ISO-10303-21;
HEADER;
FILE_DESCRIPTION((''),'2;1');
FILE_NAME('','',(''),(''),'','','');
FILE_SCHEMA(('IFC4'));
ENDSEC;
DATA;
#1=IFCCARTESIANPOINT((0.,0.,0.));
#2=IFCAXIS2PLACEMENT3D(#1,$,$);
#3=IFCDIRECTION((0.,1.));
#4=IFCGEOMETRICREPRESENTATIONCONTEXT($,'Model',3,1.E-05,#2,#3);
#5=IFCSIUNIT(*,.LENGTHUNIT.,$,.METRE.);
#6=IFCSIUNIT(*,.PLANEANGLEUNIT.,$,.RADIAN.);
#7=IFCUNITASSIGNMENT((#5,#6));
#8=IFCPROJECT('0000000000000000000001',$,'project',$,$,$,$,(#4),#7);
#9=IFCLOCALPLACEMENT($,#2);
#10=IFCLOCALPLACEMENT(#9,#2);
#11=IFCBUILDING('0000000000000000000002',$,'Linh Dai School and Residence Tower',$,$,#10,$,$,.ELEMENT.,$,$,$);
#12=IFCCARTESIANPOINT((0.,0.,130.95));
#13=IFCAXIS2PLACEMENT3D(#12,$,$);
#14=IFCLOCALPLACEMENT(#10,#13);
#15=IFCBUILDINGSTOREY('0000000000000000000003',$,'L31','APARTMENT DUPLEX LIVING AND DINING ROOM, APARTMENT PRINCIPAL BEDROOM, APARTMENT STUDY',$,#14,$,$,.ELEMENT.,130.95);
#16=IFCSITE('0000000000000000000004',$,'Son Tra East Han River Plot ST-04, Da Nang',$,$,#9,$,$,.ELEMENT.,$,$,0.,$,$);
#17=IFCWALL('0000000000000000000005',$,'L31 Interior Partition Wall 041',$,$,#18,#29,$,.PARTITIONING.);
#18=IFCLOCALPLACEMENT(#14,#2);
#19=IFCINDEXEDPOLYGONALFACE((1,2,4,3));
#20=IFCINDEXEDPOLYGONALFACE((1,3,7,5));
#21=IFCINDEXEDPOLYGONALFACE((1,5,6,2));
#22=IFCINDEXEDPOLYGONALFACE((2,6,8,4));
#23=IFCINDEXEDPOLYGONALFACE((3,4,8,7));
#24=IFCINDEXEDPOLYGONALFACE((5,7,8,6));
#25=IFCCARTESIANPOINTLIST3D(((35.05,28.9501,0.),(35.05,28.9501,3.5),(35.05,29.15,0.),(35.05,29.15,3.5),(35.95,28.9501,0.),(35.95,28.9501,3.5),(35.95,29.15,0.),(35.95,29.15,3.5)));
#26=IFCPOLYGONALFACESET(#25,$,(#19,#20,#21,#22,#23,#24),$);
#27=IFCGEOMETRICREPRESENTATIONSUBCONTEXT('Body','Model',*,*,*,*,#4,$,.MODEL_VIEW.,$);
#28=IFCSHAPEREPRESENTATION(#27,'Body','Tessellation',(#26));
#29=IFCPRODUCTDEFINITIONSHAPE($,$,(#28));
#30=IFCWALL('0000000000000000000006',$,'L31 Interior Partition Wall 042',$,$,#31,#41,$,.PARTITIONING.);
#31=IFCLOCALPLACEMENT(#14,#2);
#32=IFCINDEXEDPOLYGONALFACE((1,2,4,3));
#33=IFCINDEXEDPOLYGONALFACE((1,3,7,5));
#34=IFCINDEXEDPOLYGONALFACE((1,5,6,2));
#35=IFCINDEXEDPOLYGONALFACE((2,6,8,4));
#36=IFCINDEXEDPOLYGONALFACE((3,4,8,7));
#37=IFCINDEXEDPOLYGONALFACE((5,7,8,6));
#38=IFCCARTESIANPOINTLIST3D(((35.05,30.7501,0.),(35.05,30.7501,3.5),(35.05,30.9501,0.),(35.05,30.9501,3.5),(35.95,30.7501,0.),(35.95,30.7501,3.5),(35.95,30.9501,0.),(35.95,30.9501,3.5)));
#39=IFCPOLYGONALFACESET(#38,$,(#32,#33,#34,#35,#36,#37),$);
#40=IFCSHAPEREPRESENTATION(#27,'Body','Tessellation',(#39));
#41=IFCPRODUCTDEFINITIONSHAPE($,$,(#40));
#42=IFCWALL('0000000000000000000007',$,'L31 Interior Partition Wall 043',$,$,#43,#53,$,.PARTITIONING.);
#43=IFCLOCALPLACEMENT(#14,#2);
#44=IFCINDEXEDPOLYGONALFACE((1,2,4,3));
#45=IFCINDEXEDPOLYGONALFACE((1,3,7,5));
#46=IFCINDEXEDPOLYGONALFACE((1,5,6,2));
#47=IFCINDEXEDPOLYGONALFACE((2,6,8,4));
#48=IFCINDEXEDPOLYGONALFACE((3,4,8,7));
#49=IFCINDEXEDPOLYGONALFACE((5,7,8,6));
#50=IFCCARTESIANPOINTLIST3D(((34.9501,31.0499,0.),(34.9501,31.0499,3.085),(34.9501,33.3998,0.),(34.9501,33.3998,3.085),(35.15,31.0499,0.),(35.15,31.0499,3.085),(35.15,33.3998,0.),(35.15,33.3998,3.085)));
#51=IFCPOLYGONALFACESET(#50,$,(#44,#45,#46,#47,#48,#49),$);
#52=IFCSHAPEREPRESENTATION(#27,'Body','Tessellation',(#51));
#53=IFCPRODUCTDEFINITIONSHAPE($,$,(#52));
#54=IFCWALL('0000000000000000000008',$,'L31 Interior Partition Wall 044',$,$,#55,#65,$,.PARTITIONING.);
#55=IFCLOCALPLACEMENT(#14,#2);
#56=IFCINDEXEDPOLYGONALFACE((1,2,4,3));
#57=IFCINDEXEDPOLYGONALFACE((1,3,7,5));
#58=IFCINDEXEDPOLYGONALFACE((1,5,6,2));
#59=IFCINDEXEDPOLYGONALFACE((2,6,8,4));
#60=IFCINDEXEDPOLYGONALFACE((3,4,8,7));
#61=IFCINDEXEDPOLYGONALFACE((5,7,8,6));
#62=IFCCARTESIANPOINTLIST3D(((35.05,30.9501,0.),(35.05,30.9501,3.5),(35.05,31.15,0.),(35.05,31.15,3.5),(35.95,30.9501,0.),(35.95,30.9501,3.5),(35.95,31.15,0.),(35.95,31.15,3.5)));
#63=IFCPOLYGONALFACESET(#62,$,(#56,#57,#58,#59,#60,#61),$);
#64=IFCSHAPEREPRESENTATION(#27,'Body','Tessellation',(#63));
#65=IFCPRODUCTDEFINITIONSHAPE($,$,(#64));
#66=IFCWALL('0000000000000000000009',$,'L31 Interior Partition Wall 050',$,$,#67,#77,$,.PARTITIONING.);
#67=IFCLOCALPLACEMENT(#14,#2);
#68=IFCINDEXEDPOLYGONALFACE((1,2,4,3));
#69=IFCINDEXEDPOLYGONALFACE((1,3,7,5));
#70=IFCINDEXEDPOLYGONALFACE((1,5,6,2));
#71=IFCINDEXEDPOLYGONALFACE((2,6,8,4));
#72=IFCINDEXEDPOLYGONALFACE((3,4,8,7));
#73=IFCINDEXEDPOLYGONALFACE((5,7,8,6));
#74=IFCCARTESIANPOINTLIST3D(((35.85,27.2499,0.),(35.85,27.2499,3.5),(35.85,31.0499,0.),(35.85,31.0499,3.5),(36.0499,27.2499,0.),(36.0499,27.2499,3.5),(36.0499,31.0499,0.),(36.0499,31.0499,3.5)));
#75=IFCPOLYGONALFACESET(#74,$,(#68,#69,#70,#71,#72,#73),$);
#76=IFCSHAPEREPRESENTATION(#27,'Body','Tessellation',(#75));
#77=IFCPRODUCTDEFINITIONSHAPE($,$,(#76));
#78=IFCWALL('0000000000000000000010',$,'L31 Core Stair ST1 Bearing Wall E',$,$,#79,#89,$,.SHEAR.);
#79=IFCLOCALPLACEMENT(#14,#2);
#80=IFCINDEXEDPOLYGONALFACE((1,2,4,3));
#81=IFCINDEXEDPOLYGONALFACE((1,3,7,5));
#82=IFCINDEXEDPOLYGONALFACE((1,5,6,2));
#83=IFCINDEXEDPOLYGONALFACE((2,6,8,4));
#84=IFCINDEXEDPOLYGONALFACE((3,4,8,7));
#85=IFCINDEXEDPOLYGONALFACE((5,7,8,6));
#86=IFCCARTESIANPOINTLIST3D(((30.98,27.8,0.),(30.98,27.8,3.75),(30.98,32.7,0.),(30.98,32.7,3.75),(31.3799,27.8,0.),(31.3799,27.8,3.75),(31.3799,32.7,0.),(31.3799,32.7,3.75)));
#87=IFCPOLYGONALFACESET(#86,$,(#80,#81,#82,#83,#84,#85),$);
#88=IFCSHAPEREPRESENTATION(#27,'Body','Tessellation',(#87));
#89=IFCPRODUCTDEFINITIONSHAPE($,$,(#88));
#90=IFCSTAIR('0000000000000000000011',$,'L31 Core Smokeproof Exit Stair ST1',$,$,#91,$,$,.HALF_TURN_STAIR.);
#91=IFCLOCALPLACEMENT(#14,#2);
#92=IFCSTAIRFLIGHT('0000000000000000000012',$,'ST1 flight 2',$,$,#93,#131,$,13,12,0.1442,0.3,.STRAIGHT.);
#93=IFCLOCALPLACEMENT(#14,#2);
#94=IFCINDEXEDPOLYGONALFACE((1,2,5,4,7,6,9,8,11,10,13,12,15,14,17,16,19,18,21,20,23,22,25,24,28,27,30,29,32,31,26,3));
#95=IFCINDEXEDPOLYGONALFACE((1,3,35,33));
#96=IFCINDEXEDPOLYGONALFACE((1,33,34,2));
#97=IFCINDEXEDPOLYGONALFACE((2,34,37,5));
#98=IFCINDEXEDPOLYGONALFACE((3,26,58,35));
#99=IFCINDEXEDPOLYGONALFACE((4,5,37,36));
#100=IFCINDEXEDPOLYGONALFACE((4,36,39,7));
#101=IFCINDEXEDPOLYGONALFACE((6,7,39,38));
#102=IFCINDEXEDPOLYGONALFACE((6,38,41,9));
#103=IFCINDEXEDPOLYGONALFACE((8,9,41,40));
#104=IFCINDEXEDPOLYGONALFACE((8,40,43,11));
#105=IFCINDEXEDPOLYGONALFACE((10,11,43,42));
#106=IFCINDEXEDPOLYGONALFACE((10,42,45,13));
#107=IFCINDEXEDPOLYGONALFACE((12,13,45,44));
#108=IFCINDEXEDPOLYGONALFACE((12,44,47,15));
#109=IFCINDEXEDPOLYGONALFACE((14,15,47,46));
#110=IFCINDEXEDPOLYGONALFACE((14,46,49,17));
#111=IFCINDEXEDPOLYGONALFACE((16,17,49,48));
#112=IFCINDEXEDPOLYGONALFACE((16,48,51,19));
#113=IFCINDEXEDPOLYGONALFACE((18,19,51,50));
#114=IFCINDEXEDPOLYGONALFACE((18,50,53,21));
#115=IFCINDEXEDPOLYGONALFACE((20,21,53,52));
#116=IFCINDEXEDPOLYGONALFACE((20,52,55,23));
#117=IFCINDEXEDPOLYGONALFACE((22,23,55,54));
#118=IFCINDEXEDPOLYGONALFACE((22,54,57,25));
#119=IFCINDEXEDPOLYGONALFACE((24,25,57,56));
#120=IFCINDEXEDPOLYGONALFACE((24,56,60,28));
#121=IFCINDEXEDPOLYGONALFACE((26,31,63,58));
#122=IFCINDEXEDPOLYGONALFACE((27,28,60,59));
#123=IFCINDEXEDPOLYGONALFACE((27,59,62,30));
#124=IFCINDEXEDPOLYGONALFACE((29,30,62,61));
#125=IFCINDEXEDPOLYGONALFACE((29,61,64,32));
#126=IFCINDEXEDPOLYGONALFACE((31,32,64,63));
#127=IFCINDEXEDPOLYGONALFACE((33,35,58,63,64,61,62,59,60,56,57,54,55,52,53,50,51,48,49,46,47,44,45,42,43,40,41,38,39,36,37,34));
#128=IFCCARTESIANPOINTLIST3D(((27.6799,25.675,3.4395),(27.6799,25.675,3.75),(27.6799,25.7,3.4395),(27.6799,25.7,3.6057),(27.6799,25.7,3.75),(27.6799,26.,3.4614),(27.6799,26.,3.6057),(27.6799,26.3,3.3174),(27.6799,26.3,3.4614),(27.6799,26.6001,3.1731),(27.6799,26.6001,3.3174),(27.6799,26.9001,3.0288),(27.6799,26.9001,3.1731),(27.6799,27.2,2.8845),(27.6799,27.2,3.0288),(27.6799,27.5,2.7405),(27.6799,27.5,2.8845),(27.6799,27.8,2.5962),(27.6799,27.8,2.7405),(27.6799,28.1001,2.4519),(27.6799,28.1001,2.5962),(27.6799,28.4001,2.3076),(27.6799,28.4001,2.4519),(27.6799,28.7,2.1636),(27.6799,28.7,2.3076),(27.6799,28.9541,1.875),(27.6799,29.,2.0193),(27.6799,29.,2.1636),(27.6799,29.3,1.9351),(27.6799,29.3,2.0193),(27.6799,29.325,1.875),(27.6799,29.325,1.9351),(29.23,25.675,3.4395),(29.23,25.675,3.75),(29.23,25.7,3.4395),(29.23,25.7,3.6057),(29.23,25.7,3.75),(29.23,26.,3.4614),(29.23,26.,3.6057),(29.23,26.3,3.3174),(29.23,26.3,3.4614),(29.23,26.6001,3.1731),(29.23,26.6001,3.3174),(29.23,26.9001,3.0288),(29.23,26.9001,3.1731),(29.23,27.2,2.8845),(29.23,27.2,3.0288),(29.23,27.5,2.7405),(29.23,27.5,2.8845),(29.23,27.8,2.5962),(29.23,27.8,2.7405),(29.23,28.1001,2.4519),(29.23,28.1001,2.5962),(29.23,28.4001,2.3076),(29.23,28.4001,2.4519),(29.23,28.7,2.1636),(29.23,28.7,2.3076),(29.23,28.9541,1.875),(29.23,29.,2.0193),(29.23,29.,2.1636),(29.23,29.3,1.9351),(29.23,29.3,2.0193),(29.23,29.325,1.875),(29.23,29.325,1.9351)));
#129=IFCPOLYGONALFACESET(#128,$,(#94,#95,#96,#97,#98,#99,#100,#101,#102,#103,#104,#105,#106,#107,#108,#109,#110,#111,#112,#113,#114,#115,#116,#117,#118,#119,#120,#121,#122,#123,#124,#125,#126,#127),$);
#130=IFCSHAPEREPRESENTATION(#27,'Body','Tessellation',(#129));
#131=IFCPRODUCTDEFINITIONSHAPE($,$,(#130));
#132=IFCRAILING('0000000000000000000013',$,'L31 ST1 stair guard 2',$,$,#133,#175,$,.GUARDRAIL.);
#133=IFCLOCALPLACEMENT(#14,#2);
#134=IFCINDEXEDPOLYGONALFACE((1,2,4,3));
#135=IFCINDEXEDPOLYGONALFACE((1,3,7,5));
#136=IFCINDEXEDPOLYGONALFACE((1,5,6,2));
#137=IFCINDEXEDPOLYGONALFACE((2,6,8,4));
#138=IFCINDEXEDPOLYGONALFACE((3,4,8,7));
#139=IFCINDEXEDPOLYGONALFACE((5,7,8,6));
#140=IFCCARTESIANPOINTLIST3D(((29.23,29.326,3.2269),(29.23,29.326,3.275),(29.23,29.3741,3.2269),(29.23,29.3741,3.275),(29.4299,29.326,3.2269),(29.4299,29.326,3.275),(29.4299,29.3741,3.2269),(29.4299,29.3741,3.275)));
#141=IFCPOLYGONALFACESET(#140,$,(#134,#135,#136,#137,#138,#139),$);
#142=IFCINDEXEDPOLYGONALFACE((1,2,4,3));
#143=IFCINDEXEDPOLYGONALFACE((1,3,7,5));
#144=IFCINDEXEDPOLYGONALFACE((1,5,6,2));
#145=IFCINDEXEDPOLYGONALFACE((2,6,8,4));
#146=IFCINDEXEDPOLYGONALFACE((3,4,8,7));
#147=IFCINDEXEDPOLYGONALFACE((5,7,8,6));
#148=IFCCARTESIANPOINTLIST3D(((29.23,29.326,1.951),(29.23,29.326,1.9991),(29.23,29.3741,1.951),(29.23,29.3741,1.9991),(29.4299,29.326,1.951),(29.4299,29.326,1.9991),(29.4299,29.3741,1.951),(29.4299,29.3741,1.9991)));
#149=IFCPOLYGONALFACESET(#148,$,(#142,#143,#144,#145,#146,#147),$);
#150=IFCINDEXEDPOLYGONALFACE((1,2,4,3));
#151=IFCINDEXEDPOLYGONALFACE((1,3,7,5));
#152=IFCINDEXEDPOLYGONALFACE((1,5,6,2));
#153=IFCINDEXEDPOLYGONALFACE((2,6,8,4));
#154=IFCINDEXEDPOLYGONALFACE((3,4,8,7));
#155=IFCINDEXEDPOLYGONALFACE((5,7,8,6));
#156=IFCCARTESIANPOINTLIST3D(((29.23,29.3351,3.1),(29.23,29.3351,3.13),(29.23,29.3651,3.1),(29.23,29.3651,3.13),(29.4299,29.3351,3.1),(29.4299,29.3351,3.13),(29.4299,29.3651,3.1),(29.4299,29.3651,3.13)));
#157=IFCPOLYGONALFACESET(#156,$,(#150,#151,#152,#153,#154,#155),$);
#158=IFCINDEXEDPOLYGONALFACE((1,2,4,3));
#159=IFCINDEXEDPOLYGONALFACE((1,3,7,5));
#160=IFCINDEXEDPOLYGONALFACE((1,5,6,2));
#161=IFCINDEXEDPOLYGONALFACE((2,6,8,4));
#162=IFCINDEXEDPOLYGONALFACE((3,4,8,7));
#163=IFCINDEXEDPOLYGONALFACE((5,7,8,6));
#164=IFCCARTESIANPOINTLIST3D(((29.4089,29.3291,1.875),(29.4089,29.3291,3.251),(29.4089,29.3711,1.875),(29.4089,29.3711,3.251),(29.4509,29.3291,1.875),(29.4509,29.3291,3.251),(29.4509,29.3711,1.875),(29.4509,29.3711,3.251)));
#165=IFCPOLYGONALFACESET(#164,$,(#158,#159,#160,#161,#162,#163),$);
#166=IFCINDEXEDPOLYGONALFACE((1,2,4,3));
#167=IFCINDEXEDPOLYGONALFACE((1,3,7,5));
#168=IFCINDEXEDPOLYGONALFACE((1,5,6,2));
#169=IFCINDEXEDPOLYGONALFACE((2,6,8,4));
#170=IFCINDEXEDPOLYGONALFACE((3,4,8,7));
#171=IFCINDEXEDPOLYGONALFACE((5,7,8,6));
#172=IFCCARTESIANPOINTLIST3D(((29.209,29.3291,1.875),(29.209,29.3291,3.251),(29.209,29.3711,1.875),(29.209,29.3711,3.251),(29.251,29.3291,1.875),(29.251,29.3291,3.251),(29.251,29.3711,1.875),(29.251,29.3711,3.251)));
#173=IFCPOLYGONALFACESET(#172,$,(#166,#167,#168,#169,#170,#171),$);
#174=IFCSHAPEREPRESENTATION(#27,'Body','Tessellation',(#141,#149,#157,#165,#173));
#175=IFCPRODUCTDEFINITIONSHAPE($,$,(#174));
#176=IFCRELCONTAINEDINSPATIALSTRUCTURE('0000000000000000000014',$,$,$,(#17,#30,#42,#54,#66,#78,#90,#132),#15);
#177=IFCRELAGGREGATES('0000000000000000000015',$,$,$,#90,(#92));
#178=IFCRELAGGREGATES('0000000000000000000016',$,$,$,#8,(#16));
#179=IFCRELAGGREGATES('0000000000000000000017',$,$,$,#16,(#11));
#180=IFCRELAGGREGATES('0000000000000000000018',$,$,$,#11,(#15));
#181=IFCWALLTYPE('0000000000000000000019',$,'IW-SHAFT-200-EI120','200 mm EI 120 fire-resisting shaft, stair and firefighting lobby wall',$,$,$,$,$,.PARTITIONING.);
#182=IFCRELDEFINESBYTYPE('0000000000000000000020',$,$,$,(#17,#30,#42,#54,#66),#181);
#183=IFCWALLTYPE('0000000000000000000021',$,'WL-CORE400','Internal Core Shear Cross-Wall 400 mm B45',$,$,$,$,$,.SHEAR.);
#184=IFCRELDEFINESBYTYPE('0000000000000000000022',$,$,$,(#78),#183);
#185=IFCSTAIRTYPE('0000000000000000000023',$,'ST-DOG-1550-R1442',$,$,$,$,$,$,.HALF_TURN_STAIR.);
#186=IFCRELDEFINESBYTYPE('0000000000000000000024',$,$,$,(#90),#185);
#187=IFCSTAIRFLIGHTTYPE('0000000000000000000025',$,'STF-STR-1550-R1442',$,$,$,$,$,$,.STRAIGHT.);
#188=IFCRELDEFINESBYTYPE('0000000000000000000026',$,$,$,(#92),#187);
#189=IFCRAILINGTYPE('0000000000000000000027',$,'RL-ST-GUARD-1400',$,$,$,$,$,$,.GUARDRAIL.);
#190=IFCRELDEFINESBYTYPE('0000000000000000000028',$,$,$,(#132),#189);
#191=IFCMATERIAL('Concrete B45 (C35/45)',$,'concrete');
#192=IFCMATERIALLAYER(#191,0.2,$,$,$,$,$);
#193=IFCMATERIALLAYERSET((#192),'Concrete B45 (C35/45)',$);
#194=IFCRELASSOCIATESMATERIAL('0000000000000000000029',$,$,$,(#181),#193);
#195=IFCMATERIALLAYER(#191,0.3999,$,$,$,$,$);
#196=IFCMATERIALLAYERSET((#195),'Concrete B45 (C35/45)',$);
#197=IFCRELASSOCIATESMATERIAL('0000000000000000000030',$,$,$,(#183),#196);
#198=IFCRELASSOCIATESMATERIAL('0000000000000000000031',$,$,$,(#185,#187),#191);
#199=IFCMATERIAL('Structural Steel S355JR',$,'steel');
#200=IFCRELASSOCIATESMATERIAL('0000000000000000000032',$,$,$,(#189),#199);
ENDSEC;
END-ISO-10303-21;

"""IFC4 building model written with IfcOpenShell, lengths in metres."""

from ifc_helpers import new_model, si_unit, direction, frame, frame_2d, origin, origin_2d, place, context, subcontext, project, spatial, polyline, rectangle, outline, extrude, source, transform, mapped, material, layer, layer_set, type_object, element, aggregate, save


model = new_model("IFC4")

# Units and contexts
model_context = context("Model", 3, precision=1e-05, world=origin(), true_north=direction((0.0, 1.0)))
body_context = subcontext(model_context, "Body", "Model", "MODEL_VIEW")
ifc_project = project(units=[si_unit("LENGTHUNIT", "METRE"), si_unit("PLANEANGLEUNIT", "RADIAN")], contexts=[model_context])

# Site, building, storey
site_placement = place(None, origin())
site = spatial("IfcSite", under=ifc_project, at=site_placement, Name="Son Tra East Han River Plot ST-04, Da Nang", CompositionType="ELEMENT", RefElevation=0.0)
building_placement = place(site_placement, origin())
building = spatial("IfcBuilding", under=site, at=building_placement, Name="Linh Dai School and Residence Tower", CompositionType="ELEMENT")
storey_placement = place(building_placement, frame((0.0, 0.0, 130.95)))
storey = spatial("IfcBuildingStorey", under=building, at=storey_placement, Name="L31", Description="APARTMENT DUPLEX LIVING AND DINING ROOM, APARTMENT PRINCIPAL BEDROOM, APARTMENT STUDY", CompositionType="ELEMENT", Elevation=130.95)

# Shared definitions
ifc_material_1 = material(Name="Structural Steel S355JR", Category="steel")

# Shared definitions
ifc_material_2 = material(Name="Concrete B45 (C35/45)", Category="concrete")
ifc_layer_1 = layer(ifc_material_2, 0.2)
ifc_layer_set_1 = layer_set([ifc_layer_1], Name="Concrete B45 (C35/45)")
wall_type_1 = type_object("IfcWallType", Name="IW-SHAFT-200-EI120", Description="200 mm EI 120 fire-resisting shaft, stair and firefighting lobby wall", PredefinedType="PARTITIONING", material=ifc_layer_set_1)

# Walls
for number, where, z_axis, x_axis, name in (
    (1, (35.05, 29.05, 0.0), (0.0, 0.0, 1.0), (1.0, 0.0, 0.0), "L31 Interior Partition Wall 041"),
    (2, (35.05, 30.8501, 0.0), (0.0, 0.0, 1.0), (1.0, 0.0, 0.0), "L31 Interior Partition Wall 042"),
):
    element("IfcWall", number, at=place(storey_placement, frame(where, z_axis=z_axis, x_axis=x_axis)), inside=storey, type_object=wall_type_1, Name=name, PredefinedType="PARTITIONING", context=body_context, shape_type="SweptSolid", body=[
        extrude(rectangle(XDim=0.8999, YDim=0.2, at=frame_2d((0.45, 0.0))), origin(), (0.0, 0.0, 1.0), 3.5),
    ])
wall_1_placement = place(storey_placement, frame((35.05, 31.05, 0.0), z_axis=(0.0, 0.0, 1.0), x_axis=(0.0, 1.0, 0.0)))
element("IfcWall", 3, at=wall_1_placement, inside=storey, type_object=wall_type_1, Name="L31 Interior Partition Wall 043", PredefinedType="PARTITIONING", context=body_context, shape_type="SweptSolid", body=[
    extrude(rectangle(XDim=2.3499, YDim=0.2, at=frame_2d((1.1748, 0.0))), origin(), (0.0, 0.0, 1.0), 3.085),
])
wall_2_placement = place(storey_placement, frame((35.05, 31.05, 0.0), z_axis=(0.0, 0.0, 1.0), x_axis=(1.0, 0.0, 0.0)))
element("IfcWall", 4, at=wall_2_placement, inside=storey, type_object=wall_type_1, Name="L31 Interior Partition Wall 044", PredefinedType="PARTITIONING", context=body_context, shape_type="SweptSolid", body=[
    extrude(rectangle(XDim=0.8999, YDim=0.2, at=frame_2d((0.45, 0.0))), origin(), (0.0, 0.0, 1.0), 3.5),
])
wall_3_placement = place(storey_placement, frame((35.95, 27.25, 0.0), z_axis=(0.0, 0.0, 1.0), x_axis=(0.0, 1.0, 0.0)))
element("IfcWall", 5, at=wall_3_placement, inside=storey, type_object=wall_type_1, Name="L31 Interior Partition Wall 050", PredefinedType="PARTITIONING", context=body_context, shape_type="SweptSolid", body=[
    extrude(rectangle(XDim=3.8, YDim=0.2, at=frame_2d((1.8999, 0.0))), origin(), (0.0, 0.0, 1.0), 3.5),
])

# Wall
ifc_layer_2 = layer(ifc_material_2, 0.3999)
ifc_layer_set_2 = layer_set([ifc_layer_2], Name="Concrete B45 (C35/45)")
wall_type_2 = type_object("IfcWallType", Name="WL-CORE400", Description="Internal Core Shear Cross-Wall 400 mm B45", PredefinedType="SHEAR", material=ifc_layer_set_2)
wall_4_placement = place(storey_placement, frame((31.1799, 27.8, 0.0), z_axis=(0.0, 0.0, 1.0), x_axis=(0.0, 1.0, 0.0)))
element("IfcWall", 6, at=wall_4_placement, inside=storey, type_object=wall_type_2, Name="L31 Core Stair ST1 Bearing Wall E", PredefinedType="SHEAR", context=body_context, shape_type="SweptSolid", body=[
    extrude(rectangle(XDim=4.8999, YDim=0.3999, at=frame_2d((2.45, 0.0))), origin(), (0.0, 0.0, 1.0), 3.75),
])

# Stair, stair flight
stair_type = type_object("IfcStairType", Name="ST-DOG-1550-R1442", PredefinedType="HALF_TURN_STAIR", material=ifc_material_2)
stair_placement = place(storey_placement, origin())
stair = element("IfcStair", 7, at=stair_placement, inside=storey, type_object=stair_type, Name="L31 Core Smokeproof Exit Stair ST1", PredefinedType="HALF_TURN_STAIR")
stair_flight_type = type_object("IfcStairFlightType", Name="STF-STR-1550-R1442", PredefinedType="STRAIGHT", material=ifc_material_2)
shared_shape_1 = source(origin(), body_context, "Body", "SweptSolid", [
    extrude(outline(polyline([(-0.0249, 0.0), (-0.0249, 0.0601), (0.0, 0.0601), (0.0, 0.1443), (0.3, 0.1443), (0.3, 0.2886), (0.6001, 0.2886), (0.6001, 0.4326), (0.8999, 0.4326), (0.8999, 0.5769), (1.2, 0.5769), (1.2, 0.7212), (1.5, 0.7212), (1.5, 0.8655), (1.8, 0.8655), (1.8, 1.0095), (2.1001, 1.0095), (2.1001, 1.1538), (2.3999, 1.1538), (2.3999, 1.2981), (2.7, 1.2981), (2.7, 1.4424), (3.0, 1.4424), (3.0, 1.5864), (3.3, 1.5864), (3.3, 1.7307), (3.6001, 1.7307), (3.6001, 1.875), (3.625, 1.875), (3.625, 1.5645), (3.6001, 1.5645), (0.3459, 0.0), (-0.0249, 0.0)])), frame((0.0, 0.7749, 0.0), z_axis=(0.0, -1.0, 0.0), x_axis=(1.0, 0.0, 0.0)), (0.0, 0.0, 1.0), 1.55),
])
stair_flight_placement = place(storey_placement, frame((28.4551, 29.3, 1.875), z_axis=(0.0, 0.0, 1.0), x_axis=(0.0, -1.0, 0.0)))
stair_flight = element("IfcStairFlight", 8, at=stair_flight_placement, type_object=stair_flight_type, Name="ST1 flight 2", NumberOfRisers=13, NumberOfTreads=12, PredefinedType="STRAIGHT", RiserHeight=0.1442, TreadLength=0.3, context=body_context, shape_type="MappedRepresentation", body=[
    mapped(shared_shape_1, transform((0.0, 0.0, 0.0), x_axis=(1.0, 0.0, 0.0), y_axis=(0.0, 1.0, 0.0), z_axis=(0.0, 0.0, 1.0), scale=1.0)),
])
aggregate(stair, [stair_flight])

# Railing
railing_type_1 = type_object("IfcRailingType", Name="RL-ST-GUARD-1400", PredefinedType="GUARDRAIL", material=ifc_material_1)
shared_shape_2 = source(origin(), body_context, "Body", "SweptSolid", [
    extrude(rectangle(XDim=0.0481, YDim=0.0481, at=origin_2d()), frame((0.0, 0.0, 1.376), z_axis=(-1.0, 0.0, 0.0), x_axis=(0.0, -1.0, 0.0)), (0.0, 0.0, 1.0), 0.2),
    extrude(rectangle(XDim=0.0481, YDim=0.0481, at=origin_2d()), frame((0.0, 0.0, 0.1001), z_axis=(-1.0, 0.0, 0.0), x_axis=(0.0, -1.0, 0.0)), (0.0, 0.0, 1.0), 0.2),
    extrude(rectangle(XDim=0.03, YDim=0.03, at=origin_2d()), frame((0.0, 0.0, 1.24), z_axis=(-1.0, 0.0, 0.0), x_axis=(0.0, -1.0, 0.0)), (0.0, 0.0, 1.0), 0.2),
    extrude(rectangle(XDim=0.042, YDim=0.042, at=origin_2d()), origin(), (0.0, 0.0, 1.0), 1.376),
    extrude(rectangle(XDim=0.042, YDim=0.042, at=origin_2d()), frame((-0.2, 0.0, 0.0)), (0.0, 0.0, 1.0), 1.376),
])
railing_1_placement = place(storey_placement, frame((29.4299, 29.3501, 1.875)))
element("IfcRailing", 9, at=railing_1_placement, inside=storey, type_object=railing_type_1, Name="L31 ST1 stair guard 2", PredefinedType="GUARDRAIL", context=body_context, shape_type="MappedRepresentation", body=[
    mapped(shared_shape_2, transform((0.0, 0.0, 0.0), x_axis=(1.0, 0.0, 0.0), y_axis=(0.0, 1.0, 0.0), z_axis=(0.0, 0.0, 1.0), scale=1.0)),
])

save(model, "model.ifc")
